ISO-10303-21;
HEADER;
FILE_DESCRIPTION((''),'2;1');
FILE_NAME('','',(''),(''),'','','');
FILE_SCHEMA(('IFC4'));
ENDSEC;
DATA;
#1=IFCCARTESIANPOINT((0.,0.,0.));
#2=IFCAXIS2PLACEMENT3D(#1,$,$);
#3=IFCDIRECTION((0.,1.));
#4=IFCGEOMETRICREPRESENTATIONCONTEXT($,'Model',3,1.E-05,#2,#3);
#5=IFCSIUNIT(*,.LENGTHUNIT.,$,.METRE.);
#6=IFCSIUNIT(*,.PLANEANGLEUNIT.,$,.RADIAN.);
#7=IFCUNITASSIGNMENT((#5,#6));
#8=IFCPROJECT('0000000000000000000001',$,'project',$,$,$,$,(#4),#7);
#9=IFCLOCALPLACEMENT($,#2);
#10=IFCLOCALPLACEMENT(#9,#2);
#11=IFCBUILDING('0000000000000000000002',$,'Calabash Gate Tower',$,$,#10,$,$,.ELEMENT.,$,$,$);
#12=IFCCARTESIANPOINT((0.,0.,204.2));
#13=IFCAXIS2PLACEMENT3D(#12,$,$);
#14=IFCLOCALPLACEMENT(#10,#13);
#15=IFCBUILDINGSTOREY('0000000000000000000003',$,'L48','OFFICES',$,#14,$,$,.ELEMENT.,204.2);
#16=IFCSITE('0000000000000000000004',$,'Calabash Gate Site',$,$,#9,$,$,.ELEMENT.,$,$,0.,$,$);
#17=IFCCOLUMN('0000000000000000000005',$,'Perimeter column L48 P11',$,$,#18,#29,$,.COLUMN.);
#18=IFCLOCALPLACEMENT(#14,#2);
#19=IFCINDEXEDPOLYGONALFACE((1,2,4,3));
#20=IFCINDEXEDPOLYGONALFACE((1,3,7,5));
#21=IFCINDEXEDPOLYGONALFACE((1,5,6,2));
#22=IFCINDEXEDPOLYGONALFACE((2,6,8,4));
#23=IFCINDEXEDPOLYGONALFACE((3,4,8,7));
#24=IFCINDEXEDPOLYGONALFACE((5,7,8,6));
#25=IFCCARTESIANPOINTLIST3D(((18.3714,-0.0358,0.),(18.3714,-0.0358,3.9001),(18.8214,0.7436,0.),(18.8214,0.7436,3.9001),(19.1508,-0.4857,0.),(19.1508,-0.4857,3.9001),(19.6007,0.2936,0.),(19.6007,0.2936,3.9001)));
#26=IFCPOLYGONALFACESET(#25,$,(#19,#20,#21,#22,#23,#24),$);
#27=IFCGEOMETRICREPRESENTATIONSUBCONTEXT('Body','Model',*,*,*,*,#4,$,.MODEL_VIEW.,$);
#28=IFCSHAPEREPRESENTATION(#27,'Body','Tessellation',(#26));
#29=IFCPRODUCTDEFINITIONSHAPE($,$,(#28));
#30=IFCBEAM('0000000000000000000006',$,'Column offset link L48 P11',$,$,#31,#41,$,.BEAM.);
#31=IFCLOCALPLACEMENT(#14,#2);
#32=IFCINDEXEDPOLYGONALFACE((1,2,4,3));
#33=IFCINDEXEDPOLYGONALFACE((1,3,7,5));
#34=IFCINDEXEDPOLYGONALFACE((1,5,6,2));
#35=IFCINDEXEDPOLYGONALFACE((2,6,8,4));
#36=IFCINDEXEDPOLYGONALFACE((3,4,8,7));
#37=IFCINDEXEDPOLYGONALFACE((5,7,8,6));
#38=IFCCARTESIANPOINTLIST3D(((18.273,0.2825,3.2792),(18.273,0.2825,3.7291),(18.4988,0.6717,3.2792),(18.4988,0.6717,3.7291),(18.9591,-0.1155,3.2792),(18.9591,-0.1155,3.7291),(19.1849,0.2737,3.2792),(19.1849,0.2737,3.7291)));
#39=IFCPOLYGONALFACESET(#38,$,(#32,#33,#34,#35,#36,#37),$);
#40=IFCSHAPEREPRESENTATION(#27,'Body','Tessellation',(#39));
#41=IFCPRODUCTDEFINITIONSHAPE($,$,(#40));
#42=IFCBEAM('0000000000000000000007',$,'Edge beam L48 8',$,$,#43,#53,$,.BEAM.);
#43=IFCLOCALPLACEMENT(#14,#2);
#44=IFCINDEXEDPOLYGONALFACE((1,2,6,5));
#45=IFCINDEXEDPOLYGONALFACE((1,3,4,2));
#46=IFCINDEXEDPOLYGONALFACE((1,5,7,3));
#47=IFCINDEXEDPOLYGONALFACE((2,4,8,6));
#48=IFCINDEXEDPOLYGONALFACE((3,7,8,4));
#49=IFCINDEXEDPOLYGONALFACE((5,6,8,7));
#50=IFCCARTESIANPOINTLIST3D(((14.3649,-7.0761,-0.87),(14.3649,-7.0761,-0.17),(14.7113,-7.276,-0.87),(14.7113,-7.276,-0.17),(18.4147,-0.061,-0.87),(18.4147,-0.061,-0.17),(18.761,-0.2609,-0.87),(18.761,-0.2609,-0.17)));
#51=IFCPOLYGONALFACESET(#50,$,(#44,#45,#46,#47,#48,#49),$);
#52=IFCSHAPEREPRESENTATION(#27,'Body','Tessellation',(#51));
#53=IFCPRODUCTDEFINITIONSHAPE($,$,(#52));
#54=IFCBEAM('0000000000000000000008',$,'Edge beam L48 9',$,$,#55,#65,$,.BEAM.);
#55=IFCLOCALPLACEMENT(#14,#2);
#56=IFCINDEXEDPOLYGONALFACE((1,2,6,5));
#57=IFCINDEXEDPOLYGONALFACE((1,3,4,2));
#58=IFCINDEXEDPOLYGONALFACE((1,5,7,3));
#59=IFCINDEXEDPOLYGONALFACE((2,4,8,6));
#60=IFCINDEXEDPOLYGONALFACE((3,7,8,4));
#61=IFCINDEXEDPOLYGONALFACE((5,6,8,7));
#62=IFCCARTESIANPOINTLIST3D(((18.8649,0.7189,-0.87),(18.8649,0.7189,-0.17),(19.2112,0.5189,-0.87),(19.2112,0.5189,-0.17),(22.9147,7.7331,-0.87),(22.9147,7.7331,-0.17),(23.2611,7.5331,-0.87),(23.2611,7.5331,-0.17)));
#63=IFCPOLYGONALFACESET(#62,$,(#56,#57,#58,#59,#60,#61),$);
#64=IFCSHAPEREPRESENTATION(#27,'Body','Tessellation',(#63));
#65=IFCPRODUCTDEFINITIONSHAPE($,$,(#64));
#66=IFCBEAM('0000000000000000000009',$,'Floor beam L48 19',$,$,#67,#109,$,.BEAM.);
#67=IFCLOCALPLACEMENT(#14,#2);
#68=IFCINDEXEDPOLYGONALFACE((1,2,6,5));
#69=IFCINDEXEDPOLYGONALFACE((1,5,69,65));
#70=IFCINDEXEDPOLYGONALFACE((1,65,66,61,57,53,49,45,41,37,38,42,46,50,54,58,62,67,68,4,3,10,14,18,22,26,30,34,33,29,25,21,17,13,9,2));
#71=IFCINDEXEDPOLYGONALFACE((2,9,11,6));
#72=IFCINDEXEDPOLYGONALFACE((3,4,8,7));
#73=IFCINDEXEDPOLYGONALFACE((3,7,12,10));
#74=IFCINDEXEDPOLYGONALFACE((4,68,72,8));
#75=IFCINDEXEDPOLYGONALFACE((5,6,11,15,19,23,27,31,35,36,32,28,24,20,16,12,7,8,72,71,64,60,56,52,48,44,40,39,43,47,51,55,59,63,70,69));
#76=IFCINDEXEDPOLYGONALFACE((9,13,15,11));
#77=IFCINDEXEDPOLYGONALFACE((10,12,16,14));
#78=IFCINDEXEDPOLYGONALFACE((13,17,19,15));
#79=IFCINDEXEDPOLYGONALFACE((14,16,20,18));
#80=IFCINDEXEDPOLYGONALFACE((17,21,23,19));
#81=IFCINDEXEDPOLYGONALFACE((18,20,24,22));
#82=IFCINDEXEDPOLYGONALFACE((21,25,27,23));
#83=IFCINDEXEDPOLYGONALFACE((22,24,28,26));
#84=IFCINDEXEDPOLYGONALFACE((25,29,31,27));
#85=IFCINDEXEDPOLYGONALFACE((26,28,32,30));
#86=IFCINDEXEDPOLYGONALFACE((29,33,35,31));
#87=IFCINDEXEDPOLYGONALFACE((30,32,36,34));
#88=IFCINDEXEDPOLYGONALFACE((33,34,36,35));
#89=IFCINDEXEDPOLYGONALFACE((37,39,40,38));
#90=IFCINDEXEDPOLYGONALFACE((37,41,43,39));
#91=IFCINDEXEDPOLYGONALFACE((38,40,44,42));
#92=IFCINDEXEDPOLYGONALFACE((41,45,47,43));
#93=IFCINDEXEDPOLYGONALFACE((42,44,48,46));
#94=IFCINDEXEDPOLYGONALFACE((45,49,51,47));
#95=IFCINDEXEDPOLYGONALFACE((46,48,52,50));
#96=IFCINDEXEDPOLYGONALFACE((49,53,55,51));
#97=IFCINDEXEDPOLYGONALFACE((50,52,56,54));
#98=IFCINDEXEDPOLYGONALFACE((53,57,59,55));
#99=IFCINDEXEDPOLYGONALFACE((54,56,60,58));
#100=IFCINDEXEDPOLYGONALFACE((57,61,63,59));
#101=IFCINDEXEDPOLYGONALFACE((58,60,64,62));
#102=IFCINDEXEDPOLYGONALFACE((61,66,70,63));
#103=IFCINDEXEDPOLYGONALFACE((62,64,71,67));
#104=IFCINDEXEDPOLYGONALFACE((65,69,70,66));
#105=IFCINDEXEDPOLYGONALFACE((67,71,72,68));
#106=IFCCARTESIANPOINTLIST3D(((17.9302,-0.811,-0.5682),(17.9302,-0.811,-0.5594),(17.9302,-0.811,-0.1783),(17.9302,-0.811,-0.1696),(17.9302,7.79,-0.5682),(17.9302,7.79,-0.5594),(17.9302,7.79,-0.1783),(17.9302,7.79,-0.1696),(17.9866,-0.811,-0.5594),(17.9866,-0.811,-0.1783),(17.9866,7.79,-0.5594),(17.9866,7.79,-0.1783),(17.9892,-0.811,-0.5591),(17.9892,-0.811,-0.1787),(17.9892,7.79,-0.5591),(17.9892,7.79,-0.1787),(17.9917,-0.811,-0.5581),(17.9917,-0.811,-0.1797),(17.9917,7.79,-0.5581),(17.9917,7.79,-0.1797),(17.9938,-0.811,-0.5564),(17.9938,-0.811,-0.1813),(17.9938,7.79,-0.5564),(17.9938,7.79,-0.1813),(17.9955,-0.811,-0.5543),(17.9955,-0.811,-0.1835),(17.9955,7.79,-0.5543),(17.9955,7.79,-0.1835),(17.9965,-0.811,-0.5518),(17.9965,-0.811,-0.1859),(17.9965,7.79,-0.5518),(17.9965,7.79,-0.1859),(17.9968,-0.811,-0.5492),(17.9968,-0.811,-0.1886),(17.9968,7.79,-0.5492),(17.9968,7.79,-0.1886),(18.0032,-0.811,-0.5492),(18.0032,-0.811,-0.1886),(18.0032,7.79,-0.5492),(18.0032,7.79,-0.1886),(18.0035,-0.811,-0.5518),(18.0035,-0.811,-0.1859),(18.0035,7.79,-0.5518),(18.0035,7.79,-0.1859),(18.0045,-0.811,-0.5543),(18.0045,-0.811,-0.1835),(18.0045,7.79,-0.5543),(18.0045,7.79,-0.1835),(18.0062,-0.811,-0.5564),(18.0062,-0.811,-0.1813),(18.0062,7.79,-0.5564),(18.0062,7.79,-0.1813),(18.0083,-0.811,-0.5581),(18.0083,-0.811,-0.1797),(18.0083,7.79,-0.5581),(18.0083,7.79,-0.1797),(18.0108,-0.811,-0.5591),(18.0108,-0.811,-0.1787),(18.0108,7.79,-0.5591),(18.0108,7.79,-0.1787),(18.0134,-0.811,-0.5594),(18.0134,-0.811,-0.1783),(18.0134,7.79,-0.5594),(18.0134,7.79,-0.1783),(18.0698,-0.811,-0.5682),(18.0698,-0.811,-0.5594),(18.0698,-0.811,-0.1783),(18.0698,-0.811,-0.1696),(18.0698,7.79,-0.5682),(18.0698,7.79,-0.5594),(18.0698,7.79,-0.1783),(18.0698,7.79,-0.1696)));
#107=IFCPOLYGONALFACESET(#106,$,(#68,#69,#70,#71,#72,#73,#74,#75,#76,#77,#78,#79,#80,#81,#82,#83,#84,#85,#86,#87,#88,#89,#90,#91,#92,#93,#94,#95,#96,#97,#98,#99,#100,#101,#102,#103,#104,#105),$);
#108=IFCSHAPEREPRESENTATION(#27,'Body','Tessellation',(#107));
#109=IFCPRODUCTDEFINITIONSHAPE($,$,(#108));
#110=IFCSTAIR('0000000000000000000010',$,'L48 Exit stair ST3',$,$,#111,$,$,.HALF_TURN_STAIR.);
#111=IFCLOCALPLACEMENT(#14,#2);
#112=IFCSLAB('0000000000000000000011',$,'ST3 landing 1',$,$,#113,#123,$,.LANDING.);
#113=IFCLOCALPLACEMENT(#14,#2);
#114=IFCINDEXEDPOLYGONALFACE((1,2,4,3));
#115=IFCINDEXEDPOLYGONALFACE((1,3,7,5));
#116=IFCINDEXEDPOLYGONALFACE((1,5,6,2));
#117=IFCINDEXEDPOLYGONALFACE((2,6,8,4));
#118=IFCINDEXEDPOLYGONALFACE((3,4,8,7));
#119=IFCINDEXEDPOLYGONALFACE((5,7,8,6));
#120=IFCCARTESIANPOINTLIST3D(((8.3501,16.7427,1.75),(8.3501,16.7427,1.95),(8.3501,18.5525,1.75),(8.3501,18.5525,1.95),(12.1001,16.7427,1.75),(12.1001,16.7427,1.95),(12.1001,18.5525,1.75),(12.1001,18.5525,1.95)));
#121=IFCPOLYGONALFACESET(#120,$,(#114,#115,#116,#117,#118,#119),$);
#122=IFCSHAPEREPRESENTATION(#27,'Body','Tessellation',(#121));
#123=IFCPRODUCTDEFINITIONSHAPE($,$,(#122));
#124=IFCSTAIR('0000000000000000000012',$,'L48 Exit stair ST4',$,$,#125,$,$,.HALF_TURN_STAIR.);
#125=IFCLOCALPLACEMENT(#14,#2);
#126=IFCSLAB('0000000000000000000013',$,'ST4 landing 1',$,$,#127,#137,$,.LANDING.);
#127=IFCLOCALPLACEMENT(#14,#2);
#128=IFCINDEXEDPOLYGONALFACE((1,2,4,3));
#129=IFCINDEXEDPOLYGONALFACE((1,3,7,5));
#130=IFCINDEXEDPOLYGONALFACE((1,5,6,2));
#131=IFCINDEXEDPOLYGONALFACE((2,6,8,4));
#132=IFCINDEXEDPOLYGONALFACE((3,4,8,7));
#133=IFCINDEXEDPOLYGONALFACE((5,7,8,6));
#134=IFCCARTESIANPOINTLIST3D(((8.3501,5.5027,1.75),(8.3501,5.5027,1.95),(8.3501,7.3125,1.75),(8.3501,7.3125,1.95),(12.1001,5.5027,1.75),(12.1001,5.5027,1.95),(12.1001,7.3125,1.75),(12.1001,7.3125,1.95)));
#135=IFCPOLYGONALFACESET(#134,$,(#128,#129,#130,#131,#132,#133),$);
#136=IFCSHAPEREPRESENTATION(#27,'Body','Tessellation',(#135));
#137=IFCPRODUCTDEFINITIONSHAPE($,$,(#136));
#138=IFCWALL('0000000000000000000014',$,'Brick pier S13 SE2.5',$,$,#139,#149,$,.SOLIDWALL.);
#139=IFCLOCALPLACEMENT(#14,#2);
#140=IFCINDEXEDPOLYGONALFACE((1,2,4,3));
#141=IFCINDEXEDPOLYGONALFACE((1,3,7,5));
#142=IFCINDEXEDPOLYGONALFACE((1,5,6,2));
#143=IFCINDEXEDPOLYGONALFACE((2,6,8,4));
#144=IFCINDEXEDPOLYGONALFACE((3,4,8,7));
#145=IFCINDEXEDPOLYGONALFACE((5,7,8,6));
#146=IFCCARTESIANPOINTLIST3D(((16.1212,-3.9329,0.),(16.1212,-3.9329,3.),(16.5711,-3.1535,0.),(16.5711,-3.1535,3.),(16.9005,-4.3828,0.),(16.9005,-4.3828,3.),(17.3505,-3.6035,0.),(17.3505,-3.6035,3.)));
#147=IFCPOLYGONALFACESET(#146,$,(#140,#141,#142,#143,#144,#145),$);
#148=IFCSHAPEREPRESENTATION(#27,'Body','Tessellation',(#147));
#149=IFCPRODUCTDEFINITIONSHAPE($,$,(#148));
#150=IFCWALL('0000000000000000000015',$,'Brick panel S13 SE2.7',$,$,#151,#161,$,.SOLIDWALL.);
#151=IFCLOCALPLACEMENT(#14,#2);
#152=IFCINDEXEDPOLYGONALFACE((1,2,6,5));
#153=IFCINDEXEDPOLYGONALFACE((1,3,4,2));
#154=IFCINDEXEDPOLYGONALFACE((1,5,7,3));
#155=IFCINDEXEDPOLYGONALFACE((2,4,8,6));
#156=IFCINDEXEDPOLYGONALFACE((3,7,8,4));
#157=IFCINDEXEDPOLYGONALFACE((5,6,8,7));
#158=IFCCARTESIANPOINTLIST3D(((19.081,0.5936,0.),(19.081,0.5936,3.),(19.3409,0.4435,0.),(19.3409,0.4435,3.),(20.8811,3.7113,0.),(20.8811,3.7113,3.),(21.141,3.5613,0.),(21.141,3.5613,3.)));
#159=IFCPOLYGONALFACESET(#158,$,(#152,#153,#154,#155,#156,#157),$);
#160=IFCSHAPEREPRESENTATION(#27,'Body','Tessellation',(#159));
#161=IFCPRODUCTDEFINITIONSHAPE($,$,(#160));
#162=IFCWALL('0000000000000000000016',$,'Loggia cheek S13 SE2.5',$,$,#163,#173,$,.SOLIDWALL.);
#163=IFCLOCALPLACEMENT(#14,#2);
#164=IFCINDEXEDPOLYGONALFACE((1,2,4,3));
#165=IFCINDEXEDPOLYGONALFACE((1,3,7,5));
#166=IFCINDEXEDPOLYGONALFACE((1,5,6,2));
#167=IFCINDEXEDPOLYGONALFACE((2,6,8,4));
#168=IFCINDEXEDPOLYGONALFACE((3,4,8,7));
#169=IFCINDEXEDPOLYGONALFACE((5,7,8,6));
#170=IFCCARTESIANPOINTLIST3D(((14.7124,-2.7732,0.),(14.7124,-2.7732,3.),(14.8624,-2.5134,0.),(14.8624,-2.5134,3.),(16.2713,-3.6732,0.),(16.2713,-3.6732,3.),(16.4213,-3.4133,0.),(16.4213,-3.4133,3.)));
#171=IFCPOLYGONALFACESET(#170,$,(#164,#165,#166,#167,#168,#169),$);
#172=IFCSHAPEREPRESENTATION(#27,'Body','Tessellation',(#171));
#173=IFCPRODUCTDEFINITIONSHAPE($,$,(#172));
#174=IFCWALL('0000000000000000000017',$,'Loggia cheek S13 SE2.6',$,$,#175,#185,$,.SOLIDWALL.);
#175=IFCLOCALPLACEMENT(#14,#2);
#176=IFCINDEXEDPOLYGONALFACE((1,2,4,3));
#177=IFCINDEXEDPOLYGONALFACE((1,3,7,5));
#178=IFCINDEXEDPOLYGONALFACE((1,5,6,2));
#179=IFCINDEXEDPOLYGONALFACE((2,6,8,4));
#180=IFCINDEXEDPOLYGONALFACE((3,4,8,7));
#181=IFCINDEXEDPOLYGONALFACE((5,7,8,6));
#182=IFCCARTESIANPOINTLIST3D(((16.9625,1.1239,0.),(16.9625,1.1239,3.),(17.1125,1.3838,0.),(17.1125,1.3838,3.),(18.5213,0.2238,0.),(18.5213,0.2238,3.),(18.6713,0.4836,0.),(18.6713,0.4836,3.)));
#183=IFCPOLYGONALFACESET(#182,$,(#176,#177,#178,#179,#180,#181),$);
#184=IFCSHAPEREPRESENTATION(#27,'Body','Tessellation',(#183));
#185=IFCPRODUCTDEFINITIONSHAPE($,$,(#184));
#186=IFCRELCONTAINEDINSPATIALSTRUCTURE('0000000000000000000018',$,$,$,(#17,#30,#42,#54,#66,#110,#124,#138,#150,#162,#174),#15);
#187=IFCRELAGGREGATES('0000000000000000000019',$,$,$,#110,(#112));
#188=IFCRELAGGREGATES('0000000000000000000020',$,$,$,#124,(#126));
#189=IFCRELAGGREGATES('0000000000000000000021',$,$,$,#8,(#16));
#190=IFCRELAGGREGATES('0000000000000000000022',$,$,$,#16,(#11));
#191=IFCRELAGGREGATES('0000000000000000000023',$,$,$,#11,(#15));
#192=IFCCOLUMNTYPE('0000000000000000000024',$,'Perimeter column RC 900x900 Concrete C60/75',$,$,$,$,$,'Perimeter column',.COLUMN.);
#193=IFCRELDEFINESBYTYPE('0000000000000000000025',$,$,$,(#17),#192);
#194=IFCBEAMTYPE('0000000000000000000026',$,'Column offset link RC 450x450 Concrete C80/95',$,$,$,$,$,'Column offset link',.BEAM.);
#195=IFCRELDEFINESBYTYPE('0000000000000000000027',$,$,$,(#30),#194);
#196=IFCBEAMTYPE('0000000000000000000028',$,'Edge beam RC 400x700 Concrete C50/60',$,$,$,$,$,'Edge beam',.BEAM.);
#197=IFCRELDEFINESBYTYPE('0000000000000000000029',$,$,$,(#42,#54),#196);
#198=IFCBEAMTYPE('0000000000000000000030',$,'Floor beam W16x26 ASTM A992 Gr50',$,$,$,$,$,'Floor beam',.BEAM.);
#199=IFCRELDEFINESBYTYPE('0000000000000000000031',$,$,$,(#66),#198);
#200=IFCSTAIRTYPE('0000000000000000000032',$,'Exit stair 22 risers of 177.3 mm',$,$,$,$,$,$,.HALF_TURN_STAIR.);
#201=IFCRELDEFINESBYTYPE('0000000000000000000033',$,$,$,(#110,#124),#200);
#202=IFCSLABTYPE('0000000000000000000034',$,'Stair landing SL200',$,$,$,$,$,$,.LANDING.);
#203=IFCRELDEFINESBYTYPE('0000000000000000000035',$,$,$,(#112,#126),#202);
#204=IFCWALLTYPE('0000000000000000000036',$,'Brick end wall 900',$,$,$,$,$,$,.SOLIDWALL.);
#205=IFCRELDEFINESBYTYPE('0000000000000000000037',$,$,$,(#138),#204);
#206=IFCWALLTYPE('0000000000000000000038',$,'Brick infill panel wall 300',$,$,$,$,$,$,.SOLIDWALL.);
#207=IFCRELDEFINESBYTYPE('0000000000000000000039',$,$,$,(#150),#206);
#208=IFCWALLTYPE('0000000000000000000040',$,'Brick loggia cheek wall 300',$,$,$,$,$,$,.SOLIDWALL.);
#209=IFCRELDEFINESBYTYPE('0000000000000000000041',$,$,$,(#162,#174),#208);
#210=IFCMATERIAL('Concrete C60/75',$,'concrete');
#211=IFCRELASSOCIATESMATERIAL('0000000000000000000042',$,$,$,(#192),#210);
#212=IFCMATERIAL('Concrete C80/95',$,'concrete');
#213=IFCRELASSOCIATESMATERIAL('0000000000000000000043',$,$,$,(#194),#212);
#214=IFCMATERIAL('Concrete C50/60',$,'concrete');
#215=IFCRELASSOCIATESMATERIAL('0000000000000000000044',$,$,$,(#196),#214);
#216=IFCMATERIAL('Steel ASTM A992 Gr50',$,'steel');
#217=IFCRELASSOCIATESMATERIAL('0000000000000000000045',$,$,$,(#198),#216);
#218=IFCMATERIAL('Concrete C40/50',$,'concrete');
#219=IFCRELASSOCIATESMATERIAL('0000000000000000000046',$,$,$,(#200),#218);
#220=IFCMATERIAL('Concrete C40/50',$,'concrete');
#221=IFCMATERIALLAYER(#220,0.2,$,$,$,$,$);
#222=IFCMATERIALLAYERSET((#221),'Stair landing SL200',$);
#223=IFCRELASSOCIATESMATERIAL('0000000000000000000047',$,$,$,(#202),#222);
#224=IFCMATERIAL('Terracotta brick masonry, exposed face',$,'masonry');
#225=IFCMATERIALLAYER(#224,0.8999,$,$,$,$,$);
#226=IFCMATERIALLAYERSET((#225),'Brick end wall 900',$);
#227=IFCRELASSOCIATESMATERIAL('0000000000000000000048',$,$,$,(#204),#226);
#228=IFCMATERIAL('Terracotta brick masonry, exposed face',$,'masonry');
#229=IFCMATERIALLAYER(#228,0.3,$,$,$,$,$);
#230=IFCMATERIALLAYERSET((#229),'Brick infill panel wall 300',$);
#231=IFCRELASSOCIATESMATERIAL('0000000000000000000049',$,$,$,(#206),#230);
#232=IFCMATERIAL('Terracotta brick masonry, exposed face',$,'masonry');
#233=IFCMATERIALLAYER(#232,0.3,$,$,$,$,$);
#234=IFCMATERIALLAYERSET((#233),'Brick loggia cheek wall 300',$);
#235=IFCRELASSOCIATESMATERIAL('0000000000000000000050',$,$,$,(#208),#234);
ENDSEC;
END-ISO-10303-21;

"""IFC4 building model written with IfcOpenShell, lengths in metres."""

from ifc_helpers import new_model, si_unit, direction, frame, frame_2d, origin, origin_2d, place, context, subcontext, project, spatial, polyline, rectangle, i_section, outline, extrude, material, layer, layer_set, material_profile, profile_set, type_object, element, aggregate, save


model = new_model("IFC4")

# Units and contexts
model_context = context("Model", 3, precision=1e-05, world=origin(), true_north=direction((0.0, 1.0)))
body_context = subcontext(model_context, "Body", "Model", "MODEL_VIEW")
ifc_project = project(units=[si_unit("LENGTHUNIT", "METRE"), si_unit("PLANEANGLEUNIT", "RADIAN")], contexts=[model_context])

# Site, building, storey
site_placement = place(None, origin())
site = spatial("IfcSite", under=ifc_project, at=site_placement, Name="Calabash Gate Site", CompositionType="ELEMENT", RefElevation=0.0)
building_placement = place(site_placement, origin())
building = spatial("IfcBuilding", under=site, at=building_placement, Name="Calabash Gate Tower", CompositionType="ELEMENT")
storey_placement = place(building_placement, frame((0.0, 0.0, 204.2)))
storey = spatial("IfcBuildingStorey", under=building, at=storey_placement, Name="L48", Description="OFFICES", CompositionType="ELEMENT", Elevation=204.2)

# Column
ifc_material_1 = material(Name="Concrete C60/75", Category="concrete")
ifc_material_profile_1 = material_profile(ifc_material_1, rectangle(XDim=0.8999, YDim=0.8999, at=origin_2d()))
ifc_profile_set_1 = profile_set([ifc_material_profile_1], Name="Concrete C60/75")
column_type = type_object("IfcColumnType", Name="Perimeter column RC 900x900 Concrete C60/75", ElementType="Perimeter column", PredefinedType="COLUMN", material=ifc_profile_set_1)
column_placement = place(storey_placement, frame((18.9861, 0.1289, 0.0), z_axis=(0.0, 0.0, 1.0), x_axis=(0.5, 0.866025, 0.0)))
element("IfcColumn", 1, at=column_placement, inside=storey, type_object=column_type, Name="Perimeter column L48 P11", PredefinedType="COLUMN", context=body_context, shape_type="SweptSolid", body=[
    extrude(rectangle(XDim=0.8999, YDim=0.8999, at=origin_2d()), origin(), (0.0, 0.0, 1.0), 3.9001),
])

# Beams
ifc_material_2 = material(Name="Concrete C80/95", Category="concrete")
ifc_material_profile_2 = material_profile(ifc_material_2, rectangle(XDim=0.45, YDim=0.45, at=origin_2d()))
ifc_profile_set_2 = profile_set([ifc_material_profile_2], Name="Concrete C80/95")
beam_type_1 = type_object("IfcBeamType", Name="Column offset link RC 450x450 Concrete C80/95", ElementType="Column offset link", PredefinedType="BEAM", material=ifc_profile_set_2)
beam_1_placement = place(storey_placement, frame((19.072, 0.0791, 3.5042), z_axis=(-0.865004, 0.501764, 0.0), x_axis=(-0.501764, -0.865004, 0.0)))
element("IfcBeam", 2, at=beam_1_placement, inside=storey, type_object=beam_type_1, Name="Column offset link L48 P11", PredefinedType="BEAM", context=body_context, shape_type="SweptSolid", body=[
    extrude(rectangle(XDim=0.45, YDim=0.45, at=origin_2d()), origin(), (0.0, 0.0, 1.0), 0.7932),
])
ifc_material_3 = material(Name="Concrete C50/60", Category="concrete")
ifc_material_profile_3 = material_profile(ifc_material_3, rectangle(XDim=0.3999, YDim=0.7, at=origin_2d()))
ifc_profile_set_3 = profile_set([ifc_material_profile_3], Name="Concrete C50/60")
beam_type_2 = type_object("IfcBeamType", Name="Edge beam RC 400x700 Concrete C50/60", ElementType="Edge beam", PredefinedType="BEAM", material=ifc_profile_set_3)
beam_2_placement = place(storey_placement, frame((14.5381, -7.176, -0.52), z_axis=(0.499964, 0.866046, 0.0), x_axis=(-0.866046, 0.499964, 0.0)))
element("IfcBeam", 3, at=beam_2_placement, inside=storey, type_object=beam_type_2, Name="Edge beam L48 8", PredefinedType="BEAM", context=body_context, shape_type="SweptSolid", body=[
    extrude(rectangle(XDim=0.3999, YDim=0.7, at=origin_2d()), origin(), (0.0, 0.0, 1.0), 8.1001),
])
beam_3_placement = place(storey_placement, frame((19.0381, 0.6189, -0.52), z_axis=(0.500016, 0.866016, 0.0), x_axis=(-0.866016, 0.500016, 0.0)))
element("IfcBeam", 4, at=beam_3_placement, inside=storey, type_object=beam_type_2, Name="Edge beam L48 9", PredefinedType="BEAM", context=body_context, shape_type="SweptSolid", body=[
    extrude(rectangle(XDim=0.3999, YDim=0.7, at=origin_2d()), origin(), (0.0, 0.0, 1.0), 8.0994),
])
ifc_material_4 = material(Name="Steel ASTM A992 Gr50", Category="steel")
ifc_material_profile_4 = material_profile(ifc_material_4, i_section(OverallWidth=0.1396, OverallDepth=0.3987, WebThickness=0.0063, FlangeThickness=0.0088, FilletRadius=0.0103, at=origin_2d()))
ifc_profile_set_4 = profile_set([ifc_material_profile_4], Name="Steel ASTM A992 Gr50")
beam_type_3 = type_object("IfcBeamType", Name="Floor beam W16x26 ASTM A992 Gr50", ElementType="Floor beam", PredefinedType="BEAM", material=ifc_profile_set_4)
beam_4_placement = place(storey_placement, frame((18.0, -0.811, -0.3689), z_axis=(0.0, 1.0, 0.0), x_axis=(-1.0, 0.0, 0.0)))
element("IfcBeam", 5, at=beam_4_placement, inside=storey, type_object=beam_type_3, Name="Floor beam L48 19", PredefinedType="BEAM", context=body_context, shape_type="SweptSolid", body=[
    extrude(i_section(OverallWidth=0.1396, OverallDepth=0.3987, WebThickness=0.0063, FlangeThickness=0.0088, FilletRadius=0.0103, at=origin_2d()), origin(), (0.0, 0.0, 1.0), 8.6011),
])

# Stairs, slabs
ifc_material_5 = material(Name="Concrete C40/50", Category="concrete")
stair_type = type_object("IfcStairType", Name="Exit stair 22 risers of 177.3 mm", PredefinedType="HALF_TURN_STAIR", material=ifc_material_5)
stair_1_placement = place(storey_placement, origin())
stair_1 = element("IfcStair", 6, at=stair_1_placement, inside=storey, type_object=stair_type, Name="L48 Exit stair ST3", PredefinedType="HALF_TURN_STAIR")
ifc_material_6 = material(Name="Concrete C40/50", Category="concrete")
ifc_layer_1 = layer(ifc_material_6, 0.2)
ifc_layer_set_1 = layer_set([ifc_layer_1], Name="Stair landing SL200")
slab_type = type_object("IfcSlabType", Name="Stair landing SL200", PredefinedType="LANDING", material=ifc_layer_set_1)
slab_1_placement = place(storey_placement, frame((0.0, 0.0, 1.75)))
slab_1 = element("IfcSlab", 7, at=slab_1_placement, type_object=slab_type, Name="ST3 landing 1", PredefinedType="LANDING", context=body_context, shape_type="SweptSolid", body=[
    extrude(outline(polyline([(12.1001, 16.7427), (12.1001, 18.5525), (8.3501, 18.5525), (8.3501, 16.7427), (12.1001, 16.7427)])), origin(), (0.0, 0.0, 1.0), 0.2),
])
aggregate(stair_1, [slab_1])
stair_2_placement = place(storey_placement, origin())
stair_2 = element("IfcStair", 8, at=stair_2_placement, inside=storey, type_object=stair_type, Name="L48 Exit stair ST4", PredefinedType="HALF_TURN_STAIR")
slab_2_placement = place(storey_placement, frame((0.0, 0.0, 1.75)))
slab_2 = element("IfcSlab", 9, at=slab_2_placement, type_object=slab_type, Name="ST4 landing 1", PredefinedType="LANDING", context=body_context, shape_type="SweptSolid", body=[
    extrude(outline(polyline([(8.3501, 7.3125), (8.3501, 5.5027), (12.1001, 5.5027), (12.1001, 7.3125), (8.3501, 7.3125)])), origin(), (0.0, 0.0, 1.0), 0.2),
])
aggregate(stair_2, [slab_2])

# Walls
ifc_material_7 = material(Name="Terracotta brick masonry, exposed face", Category="masonry")
ifc_layer_2 = layer(ifc_material_7, 0.8999)
ifc_layer_set_2 = layer_set([ifc_layer_2], Name="Brick end wall 900")
wall_type_1 = type_object("IfcWallType", Name="Brick end wall 900", PredefinedType="SOLIDWALL", material=ifc_layer_set_2)
wall_1_placement = place(storey_placement, frame((17.1255, -3.9932, 0.0), z_axis=(0.0, 0.0, 1.0), x_axis=(-0.866014, 0.50002, 0.0)))
element("IfcWall", 10, at=wall_1_placement, inside=storey, type_object=wall_type_1, Name="Brick pier S13 SE2.5", PredefinedType="SOLIDWALL", context=body_context, shape_type="SweptSolid", body=[
    extrude(rectangle(XDim=0.8999, YDim=0.8999, at=frame_2d((0.45, 0.0))), origin(), (0.0, 0.0, 1.0), 3.0),
])
ifc_material_8 = material(Name="Terracotta brick masonry, exposed face", Category="masonry")
ifc_layer_3 = layer(ifc_material_8, 0.3)
ifc_layer_set_3 = layer_set([ifc_layer_3], Name="Brick infill panel wall 300")
wall_type_2 = type_object("IfcWallType", Name="Brick infill panel wall 300", PredefinedType="SOLIDWALL", material=ifc_layer_set_3)
wall_2_placement = place(storey_placement, frame((19.2109, 0.5186, 0.0), z_axis=(0.0, 0.0, 1.0), x_axis=(0.500012, 0.866018, 0.0)))
element("IfcWall", 11, at=wall_2_placement, inside=storey, type_object=wall_type_2, Name="Brick panel S13 SE2.7", PredefinedType="SOLIDWALL", context=body_context, shape_type="SweptSolid", body=[
    extrude(rectangle(XDim=3.6001, YDim=0.3, at=frame_2d((1.8, 0.0))), origin(), (0.0, 0.0, 1.0), 3.0),
])
ifc_material_9 = material(Name="Terracotta brick masonry, exposed face", Category="masonry")
ifc_layer_4 = layer(ifc_material_9, 0.3)
ifc_layer_set_4 = layer_set([ifc_layer_4], Name="Brick loggia cheek wall 300")
wall_type_3 = type_object("IfcWallType", Name="Brick loggia cheek wall 300", PredefinedType="SOLIDWALL", material=ifc_layer_set_4)
for number, where, z_axis, x_axis, name in (
    (12, (16.3462, -3.5432, 0.0), (0.0, 0.0, 1.0), (-0.866048, 0.499961, 0.0), "Loggia cheek S13 SE2.5"),
    (13, (18.5962, 0.3538, 0.0), (0.0, 0.0, 1.0), (-0.865989, 0.500063, 0.0), "Loggia cheek S13 SE2.6"),
):
    element("IfcWall", number, at=place(storey_placement, frame(where, z_axis=z_axis, x_axis=x_axis)), inside=storey, type_object=wall_type_3, Name=name, PredefinedType="SOLIDWALL", context=body_context, shape_type="SweptSolid", body=[
        extrude(rectangle(XDim=1.8, YDim=0.3, at=frame_2d((0.8999, 0.0))), origin(), (0.0, 0.0, 1.0), 3.0),
    ])

save(model, "model.ifc")
